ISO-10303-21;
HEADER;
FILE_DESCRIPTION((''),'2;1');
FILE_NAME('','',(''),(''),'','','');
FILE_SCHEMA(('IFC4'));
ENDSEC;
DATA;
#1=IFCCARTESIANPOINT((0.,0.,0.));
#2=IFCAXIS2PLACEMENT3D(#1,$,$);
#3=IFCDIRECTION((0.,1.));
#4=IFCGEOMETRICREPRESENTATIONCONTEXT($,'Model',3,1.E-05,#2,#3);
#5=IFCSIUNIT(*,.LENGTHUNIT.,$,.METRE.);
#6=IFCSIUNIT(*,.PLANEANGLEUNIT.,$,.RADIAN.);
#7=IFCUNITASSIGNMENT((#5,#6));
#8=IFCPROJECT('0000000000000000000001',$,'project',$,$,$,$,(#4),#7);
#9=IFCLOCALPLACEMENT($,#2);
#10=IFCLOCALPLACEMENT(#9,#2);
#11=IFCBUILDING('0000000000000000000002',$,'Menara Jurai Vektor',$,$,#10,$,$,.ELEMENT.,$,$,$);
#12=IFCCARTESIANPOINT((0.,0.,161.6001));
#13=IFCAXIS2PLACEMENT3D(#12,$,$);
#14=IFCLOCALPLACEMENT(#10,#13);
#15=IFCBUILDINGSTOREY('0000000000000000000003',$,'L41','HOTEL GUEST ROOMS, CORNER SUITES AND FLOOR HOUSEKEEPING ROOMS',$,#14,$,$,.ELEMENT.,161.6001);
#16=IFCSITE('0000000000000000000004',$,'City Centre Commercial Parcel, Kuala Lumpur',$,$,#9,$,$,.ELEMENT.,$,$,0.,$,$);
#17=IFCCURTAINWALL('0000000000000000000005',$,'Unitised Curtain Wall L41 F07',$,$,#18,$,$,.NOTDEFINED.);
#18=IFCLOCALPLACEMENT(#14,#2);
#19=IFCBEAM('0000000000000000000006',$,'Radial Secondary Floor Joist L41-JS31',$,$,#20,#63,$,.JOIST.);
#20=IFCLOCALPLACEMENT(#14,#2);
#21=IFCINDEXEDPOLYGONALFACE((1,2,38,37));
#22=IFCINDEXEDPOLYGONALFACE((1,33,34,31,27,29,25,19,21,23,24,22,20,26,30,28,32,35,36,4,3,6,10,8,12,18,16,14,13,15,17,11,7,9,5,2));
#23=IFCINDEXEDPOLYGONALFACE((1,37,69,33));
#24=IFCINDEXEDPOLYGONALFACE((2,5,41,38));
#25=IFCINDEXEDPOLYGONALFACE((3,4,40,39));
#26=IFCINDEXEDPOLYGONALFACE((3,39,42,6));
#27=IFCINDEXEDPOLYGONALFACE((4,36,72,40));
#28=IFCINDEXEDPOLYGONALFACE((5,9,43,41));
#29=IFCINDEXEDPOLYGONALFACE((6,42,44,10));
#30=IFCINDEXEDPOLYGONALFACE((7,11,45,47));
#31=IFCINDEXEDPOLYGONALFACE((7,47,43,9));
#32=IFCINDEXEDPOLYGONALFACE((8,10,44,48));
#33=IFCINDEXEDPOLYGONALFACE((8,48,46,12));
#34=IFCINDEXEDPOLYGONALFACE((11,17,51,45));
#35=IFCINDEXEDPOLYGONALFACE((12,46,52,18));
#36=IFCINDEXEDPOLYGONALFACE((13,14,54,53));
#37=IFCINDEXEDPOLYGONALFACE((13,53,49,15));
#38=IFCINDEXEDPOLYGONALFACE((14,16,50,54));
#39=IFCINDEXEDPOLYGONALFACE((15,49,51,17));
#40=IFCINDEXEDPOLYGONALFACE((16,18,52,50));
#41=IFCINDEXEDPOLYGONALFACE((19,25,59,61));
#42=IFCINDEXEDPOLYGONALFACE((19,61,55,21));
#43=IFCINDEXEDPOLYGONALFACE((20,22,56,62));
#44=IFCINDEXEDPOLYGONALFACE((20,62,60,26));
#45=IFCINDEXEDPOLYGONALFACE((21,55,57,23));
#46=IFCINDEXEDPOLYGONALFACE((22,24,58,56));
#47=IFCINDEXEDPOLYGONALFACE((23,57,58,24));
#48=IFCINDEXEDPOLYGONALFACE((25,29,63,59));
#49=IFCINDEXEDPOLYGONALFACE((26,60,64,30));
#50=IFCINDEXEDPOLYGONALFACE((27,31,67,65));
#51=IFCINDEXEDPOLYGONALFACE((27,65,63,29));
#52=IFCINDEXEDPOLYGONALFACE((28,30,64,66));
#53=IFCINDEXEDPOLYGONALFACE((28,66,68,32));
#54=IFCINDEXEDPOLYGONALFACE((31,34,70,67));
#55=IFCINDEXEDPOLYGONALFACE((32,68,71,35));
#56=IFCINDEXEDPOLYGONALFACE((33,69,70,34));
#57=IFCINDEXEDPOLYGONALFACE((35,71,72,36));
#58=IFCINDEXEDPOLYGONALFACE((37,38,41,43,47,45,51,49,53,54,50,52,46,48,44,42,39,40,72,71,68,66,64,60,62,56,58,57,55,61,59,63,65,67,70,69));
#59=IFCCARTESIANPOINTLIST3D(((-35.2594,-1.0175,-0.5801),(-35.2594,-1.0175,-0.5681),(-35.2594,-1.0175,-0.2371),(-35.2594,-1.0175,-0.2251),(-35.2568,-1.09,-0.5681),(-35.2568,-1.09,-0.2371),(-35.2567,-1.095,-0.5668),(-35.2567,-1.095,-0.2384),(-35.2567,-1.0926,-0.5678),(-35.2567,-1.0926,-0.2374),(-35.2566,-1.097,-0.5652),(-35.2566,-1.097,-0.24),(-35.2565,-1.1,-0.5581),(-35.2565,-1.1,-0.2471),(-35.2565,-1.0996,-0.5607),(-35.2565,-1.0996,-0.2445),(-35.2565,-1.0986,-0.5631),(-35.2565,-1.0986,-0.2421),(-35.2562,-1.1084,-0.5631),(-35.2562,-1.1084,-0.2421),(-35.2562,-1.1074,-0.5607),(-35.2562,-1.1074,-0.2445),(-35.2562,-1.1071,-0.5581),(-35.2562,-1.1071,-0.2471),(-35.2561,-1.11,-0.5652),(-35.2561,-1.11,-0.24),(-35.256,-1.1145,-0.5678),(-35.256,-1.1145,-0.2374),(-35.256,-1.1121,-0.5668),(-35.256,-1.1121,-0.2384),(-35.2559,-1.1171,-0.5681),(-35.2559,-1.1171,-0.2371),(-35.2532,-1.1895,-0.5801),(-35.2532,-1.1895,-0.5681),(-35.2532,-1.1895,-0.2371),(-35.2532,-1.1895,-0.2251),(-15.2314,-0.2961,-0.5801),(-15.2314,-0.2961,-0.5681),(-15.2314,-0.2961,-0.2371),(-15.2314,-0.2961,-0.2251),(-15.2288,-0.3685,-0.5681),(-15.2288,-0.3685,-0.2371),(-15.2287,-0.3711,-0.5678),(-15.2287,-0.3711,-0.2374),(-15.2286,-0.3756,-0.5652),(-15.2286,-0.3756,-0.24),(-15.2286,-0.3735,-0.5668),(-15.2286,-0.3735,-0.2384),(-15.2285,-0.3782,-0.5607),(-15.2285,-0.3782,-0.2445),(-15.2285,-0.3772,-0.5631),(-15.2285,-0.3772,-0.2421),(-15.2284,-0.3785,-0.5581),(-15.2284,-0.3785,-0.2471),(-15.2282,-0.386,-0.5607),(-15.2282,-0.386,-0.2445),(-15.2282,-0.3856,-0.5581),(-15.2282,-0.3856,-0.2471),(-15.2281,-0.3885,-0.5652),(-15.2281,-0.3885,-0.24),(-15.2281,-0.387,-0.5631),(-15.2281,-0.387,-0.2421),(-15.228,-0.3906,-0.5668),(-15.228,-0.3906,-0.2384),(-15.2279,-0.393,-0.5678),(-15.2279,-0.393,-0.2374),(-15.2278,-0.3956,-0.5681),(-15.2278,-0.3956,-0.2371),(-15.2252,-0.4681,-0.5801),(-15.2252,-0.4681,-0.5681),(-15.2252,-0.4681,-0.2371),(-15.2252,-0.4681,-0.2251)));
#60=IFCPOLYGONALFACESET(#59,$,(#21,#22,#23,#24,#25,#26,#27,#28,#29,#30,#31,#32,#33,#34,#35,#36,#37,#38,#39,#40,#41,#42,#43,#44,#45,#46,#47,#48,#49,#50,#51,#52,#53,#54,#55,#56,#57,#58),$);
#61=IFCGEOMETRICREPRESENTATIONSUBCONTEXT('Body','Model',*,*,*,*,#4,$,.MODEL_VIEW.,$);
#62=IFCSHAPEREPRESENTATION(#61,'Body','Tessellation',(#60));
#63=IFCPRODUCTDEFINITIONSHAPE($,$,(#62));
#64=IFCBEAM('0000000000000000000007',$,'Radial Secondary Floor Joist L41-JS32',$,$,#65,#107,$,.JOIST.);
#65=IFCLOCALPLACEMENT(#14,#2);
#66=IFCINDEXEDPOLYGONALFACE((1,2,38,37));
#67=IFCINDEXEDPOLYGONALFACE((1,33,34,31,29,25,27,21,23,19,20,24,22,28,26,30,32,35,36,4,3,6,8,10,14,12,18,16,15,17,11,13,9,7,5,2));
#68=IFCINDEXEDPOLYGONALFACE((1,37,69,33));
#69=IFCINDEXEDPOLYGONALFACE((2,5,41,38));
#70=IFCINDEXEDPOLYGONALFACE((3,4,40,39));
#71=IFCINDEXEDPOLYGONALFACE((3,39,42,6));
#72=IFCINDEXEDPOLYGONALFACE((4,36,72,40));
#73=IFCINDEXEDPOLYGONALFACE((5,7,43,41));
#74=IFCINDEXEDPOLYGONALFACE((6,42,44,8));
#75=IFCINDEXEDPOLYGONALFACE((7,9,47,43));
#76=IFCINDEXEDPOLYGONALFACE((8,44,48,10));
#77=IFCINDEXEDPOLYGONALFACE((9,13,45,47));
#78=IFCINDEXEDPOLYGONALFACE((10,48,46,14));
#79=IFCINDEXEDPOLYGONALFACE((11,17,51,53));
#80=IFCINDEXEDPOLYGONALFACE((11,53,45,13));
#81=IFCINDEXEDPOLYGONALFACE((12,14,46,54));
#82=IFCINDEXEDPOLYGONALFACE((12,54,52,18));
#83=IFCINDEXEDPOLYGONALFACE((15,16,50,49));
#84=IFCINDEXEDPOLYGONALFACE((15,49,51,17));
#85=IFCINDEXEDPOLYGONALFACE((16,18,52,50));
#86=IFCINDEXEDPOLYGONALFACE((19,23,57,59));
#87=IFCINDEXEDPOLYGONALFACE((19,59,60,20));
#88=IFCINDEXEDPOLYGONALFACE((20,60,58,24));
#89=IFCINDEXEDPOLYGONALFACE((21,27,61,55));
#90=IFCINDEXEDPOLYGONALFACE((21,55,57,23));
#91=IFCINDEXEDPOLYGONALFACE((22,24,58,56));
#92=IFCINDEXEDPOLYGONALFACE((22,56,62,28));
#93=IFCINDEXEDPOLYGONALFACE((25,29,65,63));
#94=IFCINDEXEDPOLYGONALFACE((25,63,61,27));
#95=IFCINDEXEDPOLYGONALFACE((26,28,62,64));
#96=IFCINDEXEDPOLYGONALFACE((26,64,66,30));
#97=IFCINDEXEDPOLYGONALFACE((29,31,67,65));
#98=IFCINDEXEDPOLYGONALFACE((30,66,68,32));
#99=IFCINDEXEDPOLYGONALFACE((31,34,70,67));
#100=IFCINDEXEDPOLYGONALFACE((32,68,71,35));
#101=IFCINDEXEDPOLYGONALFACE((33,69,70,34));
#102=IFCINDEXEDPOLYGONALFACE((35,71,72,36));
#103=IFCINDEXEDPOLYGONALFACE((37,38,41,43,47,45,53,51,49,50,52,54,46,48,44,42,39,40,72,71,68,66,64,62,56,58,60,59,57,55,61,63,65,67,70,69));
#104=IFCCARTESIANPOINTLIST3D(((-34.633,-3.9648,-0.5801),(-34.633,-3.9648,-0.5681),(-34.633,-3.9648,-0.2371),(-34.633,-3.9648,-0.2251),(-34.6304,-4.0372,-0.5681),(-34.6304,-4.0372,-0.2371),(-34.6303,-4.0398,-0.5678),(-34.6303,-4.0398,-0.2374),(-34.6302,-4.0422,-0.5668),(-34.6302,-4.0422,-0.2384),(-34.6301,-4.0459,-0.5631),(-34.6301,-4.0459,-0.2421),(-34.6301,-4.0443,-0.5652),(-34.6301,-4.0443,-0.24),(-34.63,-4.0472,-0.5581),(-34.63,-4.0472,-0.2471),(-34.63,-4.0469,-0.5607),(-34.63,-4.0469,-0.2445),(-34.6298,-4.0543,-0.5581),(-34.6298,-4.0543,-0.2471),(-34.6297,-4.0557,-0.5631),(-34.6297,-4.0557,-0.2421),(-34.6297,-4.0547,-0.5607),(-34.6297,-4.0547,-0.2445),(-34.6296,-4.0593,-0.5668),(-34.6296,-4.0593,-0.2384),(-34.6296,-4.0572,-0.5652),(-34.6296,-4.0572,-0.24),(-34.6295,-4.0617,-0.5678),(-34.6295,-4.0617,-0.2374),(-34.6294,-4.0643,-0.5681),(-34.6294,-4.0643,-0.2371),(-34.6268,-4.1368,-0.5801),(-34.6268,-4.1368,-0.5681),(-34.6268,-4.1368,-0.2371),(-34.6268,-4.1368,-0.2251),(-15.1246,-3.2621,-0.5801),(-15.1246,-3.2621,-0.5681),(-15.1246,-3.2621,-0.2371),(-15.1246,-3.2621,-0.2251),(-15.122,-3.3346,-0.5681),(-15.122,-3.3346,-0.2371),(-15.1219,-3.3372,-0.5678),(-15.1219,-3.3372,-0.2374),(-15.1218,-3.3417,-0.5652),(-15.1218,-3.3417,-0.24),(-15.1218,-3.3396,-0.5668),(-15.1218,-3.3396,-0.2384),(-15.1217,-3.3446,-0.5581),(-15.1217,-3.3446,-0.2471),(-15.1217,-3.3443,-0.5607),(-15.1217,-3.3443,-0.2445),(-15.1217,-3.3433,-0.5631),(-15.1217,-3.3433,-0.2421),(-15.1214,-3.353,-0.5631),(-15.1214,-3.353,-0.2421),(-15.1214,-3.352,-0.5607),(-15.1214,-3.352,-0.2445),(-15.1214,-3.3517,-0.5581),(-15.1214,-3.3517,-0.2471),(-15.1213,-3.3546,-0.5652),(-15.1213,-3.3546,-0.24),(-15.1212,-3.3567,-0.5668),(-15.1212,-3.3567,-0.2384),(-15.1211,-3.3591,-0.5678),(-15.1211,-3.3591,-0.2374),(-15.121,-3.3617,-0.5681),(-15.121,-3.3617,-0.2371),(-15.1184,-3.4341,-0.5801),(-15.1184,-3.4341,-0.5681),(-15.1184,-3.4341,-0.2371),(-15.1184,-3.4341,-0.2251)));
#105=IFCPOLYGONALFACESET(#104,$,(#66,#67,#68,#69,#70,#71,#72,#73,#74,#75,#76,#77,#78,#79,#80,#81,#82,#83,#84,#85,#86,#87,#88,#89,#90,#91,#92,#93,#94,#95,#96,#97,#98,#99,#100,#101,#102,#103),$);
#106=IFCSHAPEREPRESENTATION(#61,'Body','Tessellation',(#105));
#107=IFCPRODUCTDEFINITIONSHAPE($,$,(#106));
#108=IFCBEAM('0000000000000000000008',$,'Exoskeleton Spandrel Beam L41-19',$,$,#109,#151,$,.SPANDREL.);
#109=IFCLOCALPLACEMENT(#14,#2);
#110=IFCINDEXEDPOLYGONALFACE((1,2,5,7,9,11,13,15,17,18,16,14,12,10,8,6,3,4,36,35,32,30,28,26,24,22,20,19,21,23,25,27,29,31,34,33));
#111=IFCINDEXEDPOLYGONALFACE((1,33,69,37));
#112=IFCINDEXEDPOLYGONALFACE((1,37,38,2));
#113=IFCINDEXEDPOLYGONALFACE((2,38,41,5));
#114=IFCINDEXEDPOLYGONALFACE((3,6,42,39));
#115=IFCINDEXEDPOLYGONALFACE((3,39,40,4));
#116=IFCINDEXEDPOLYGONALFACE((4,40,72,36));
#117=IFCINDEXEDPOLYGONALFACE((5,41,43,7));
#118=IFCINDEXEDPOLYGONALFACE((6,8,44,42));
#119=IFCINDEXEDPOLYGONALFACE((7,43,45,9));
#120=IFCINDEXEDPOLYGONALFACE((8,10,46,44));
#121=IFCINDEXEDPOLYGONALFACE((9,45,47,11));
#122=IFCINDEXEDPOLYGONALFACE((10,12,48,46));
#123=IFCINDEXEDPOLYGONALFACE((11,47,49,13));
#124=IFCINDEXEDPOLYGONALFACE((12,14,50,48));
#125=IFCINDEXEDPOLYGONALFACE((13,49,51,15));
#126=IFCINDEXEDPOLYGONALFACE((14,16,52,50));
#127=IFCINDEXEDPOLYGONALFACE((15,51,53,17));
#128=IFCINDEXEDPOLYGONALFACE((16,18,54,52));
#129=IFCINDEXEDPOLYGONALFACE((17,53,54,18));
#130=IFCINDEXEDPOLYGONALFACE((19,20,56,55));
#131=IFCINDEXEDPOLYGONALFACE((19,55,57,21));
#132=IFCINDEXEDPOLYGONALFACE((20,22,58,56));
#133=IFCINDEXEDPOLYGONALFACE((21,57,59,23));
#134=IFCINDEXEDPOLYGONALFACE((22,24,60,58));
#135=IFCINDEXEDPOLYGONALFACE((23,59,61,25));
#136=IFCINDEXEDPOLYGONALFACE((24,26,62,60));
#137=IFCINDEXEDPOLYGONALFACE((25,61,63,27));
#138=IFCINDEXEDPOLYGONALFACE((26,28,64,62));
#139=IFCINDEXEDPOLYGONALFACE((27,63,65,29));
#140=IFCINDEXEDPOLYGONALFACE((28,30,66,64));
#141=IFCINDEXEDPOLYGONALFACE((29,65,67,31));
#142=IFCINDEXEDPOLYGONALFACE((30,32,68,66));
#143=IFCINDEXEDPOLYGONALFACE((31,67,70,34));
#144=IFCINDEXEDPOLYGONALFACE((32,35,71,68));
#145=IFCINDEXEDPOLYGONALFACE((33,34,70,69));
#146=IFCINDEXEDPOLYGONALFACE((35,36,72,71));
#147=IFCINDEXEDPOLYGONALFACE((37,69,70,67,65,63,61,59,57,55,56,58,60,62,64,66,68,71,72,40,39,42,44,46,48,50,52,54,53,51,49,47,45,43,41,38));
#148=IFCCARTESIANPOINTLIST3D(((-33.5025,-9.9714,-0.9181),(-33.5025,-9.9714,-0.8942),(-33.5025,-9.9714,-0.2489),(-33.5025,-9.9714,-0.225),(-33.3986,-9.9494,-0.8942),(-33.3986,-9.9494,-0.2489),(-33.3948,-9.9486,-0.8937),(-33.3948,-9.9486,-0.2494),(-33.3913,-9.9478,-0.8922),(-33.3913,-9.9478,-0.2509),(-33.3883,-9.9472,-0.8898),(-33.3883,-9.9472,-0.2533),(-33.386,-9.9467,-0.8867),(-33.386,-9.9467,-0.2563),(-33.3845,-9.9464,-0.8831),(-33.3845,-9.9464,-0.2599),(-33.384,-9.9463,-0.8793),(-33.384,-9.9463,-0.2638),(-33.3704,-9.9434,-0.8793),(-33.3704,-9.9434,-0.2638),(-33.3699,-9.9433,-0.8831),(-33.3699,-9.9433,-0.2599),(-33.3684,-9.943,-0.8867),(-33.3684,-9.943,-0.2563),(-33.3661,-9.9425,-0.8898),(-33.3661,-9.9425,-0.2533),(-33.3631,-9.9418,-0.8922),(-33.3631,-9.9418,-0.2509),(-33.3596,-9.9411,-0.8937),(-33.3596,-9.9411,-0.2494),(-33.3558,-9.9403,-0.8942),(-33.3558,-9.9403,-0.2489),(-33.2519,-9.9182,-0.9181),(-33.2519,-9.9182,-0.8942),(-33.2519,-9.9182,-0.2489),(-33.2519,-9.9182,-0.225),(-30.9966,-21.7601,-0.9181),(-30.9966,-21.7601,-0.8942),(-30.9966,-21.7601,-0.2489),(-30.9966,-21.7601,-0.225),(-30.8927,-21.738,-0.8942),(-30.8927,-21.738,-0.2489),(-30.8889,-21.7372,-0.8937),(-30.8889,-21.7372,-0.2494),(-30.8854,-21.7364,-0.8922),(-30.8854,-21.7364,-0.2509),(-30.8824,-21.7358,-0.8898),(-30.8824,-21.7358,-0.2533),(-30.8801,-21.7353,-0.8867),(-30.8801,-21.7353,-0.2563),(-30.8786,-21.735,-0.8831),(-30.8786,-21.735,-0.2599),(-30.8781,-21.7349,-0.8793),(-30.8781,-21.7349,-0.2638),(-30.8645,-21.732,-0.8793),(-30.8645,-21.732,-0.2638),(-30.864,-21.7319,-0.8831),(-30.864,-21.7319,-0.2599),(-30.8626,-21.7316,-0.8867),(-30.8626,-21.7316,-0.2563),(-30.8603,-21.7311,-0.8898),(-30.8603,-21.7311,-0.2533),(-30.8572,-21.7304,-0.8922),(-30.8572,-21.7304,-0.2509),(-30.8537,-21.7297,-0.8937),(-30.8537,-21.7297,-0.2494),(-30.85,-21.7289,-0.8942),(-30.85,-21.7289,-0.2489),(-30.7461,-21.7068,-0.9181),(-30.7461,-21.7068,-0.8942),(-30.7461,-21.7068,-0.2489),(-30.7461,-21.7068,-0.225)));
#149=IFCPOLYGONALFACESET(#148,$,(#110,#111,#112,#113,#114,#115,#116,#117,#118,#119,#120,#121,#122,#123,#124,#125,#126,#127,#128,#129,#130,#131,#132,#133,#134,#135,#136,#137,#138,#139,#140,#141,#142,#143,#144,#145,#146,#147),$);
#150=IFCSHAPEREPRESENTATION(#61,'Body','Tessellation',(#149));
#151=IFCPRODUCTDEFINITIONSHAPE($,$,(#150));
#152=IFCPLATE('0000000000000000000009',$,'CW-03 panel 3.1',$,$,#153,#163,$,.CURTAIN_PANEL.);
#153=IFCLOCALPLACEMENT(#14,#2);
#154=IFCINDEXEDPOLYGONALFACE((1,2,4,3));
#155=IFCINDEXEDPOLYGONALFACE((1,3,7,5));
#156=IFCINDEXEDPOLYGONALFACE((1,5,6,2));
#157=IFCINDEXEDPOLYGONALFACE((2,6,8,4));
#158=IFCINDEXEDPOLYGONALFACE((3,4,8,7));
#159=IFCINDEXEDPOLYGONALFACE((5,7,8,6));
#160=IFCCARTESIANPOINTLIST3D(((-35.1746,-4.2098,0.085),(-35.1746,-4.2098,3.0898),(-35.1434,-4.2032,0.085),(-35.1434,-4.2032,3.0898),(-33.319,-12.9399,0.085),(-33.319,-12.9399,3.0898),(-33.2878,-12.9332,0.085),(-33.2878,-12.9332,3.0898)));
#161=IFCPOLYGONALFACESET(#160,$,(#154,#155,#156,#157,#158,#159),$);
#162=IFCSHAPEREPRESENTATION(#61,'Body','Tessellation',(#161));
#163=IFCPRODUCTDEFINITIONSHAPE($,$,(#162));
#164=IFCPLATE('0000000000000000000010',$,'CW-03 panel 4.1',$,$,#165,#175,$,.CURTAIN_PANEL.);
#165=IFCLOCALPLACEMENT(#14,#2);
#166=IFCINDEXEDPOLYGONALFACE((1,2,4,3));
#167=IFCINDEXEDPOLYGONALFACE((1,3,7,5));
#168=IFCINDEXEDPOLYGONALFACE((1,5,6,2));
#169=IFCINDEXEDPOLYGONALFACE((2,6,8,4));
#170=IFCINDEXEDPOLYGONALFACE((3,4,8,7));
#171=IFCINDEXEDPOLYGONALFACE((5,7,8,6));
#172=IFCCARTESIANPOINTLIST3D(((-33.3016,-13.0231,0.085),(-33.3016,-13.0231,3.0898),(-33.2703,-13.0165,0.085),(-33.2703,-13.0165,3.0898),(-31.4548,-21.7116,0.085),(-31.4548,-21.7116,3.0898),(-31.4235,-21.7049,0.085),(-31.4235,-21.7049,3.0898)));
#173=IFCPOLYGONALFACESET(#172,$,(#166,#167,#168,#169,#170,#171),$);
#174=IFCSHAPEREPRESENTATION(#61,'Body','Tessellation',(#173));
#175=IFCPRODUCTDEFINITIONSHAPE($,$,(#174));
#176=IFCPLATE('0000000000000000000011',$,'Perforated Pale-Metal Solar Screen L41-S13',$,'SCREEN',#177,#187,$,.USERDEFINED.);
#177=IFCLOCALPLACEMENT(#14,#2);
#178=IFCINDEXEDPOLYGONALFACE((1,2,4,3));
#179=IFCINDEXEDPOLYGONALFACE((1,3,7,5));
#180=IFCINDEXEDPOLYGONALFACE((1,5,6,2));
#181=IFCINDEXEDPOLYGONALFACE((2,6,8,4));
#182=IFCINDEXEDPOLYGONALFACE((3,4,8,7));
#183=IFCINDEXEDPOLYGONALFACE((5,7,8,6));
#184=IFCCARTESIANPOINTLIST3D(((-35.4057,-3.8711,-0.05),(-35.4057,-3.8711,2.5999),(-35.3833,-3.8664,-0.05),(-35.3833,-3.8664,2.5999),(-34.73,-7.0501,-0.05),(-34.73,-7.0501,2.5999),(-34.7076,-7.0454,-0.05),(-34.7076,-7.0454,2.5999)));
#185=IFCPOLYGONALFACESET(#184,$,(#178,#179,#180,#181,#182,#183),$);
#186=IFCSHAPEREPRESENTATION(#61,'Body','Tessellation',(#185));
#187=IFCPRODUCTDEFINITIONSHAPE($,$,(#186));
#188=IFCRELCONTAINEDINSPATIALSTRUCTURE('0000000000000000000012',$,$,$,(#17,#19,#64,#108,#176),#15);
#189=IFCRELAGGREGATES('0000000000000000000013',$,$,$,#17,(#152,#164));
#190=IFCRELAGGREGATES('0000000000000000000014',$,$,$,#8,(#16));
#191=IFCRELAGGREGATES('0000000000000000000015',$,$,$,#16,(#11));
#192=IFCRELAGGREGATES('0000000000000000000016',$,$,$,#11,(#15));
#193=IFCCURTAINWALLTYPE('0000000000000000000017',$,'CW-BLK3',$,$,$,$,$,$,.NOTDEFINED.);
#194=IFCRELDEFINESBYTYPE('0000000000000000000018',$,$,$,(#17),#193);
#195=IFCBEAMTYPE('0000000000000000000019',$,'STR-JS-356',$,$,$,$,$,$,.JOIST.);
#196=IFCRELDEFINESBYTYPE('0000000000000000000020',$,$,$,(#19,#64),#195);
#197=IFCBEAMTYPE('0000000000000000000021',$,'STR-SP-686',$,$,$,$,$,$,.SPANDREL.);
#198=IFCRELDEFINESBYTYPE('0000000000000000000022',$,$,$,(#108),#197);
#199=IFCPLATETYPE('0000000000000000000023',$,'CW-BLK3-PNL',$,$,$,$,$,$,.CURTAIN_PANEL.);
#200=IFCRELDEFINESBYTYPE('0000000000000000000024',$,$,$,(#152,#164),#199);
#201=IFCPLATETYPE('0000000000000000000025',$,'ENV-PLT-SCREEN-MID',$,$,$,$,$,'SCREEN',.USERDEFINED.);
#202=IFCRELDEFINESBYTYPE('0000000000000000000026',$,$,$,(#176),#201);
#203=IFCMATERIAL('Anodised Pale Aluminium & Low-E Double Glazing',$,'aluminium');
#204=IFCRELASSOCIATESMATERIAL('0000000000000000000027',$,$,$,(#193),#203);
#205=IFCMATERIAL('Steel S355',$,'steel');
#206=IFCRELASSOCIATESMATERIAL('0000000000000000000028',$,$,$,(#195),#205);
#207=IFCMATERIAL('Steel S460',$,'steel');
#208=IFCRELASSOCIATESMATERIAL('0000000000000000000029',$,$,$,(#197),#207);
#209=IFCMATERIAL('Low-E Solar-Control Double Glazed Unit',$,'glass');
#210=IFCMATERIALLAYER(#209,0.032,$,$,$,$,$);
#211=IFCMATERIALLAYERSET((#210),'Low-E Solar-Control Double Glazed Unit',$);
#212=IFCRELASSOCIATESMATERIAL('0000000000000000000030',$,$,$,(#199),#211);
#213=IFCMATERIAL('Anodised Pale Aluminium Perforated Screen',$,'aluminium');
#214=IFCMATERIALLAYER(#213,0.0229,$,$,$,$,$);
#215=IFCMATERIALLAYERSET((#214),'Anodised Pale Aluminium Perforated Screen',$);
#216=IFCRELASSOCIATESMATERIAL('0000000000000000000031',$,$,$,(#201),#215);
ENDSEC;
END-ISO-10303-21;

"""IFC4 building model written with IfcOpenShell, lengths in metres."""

from ifc_helpers import new_model, si_unit, direction, frame, origin, origin_2d, place, context, subcontext, project, spatial, rectangle, i_section, extrude, material, layer, layer_set, material_profile, profile_set, type_object, element, aggregate, save


model = new_model("IFC4")

# Units and contexts
model_context = context("Model", 3, precision=1e-05, world=origin(), true_north=direction((0.0, 1.0)))
body_context = subcontext(model_context, "Body", "Model", "MODEL_VIEW")
ifc_project = project(units=[si_unit("LENGTHUNIT", "METRE"), si_unit("PLANEANGLEUNIT", "RADIAN")], contexts=[model_context])

# Site, building, storey
site_placement = place(None, origin())
site = spatial("IfcSite", under=ifc_project, at=site_placement, Name="City Centre Commercial Parcel, Kuala Lumpur", CompositionType="ELEMENT", RefElevation=0.0)
building_placement = place(site_placement, origin())
building = spatial("IfcBuilding", under=site, at=building_placement, Name="Menara Jurai Vektor", CompositionType="ELEMENT")
storey_placement = place(building_placement, frame((0.0, 0.0, 161.6001)))
storey = spatial("IfcBuildingStorey", under=building, at=storey_placement, Name="L41", Description="HOTEL GUEST ROOMS, CORNER SUITES AND FLOOR HOUSEKEEPING ROOMS", CompositionType="ELEMENT", Elevation=161.6001)

# Shared definitions
ifc_material_1 = material(Name="Steel S460", Category="steel")

# Curtain wall
ifc_material_2 = material(Name="Anodised Pale Aluminium & Low-E Double Glazing", Category="aluminium")
curtain_wall_type = type_object("IfcCurtainWallType", Name="CW-BLK3", PredefinedType="NOTDEFINED", material=ifc_material_2)
curtain_wall_placement = place(storey_placement, origin())
curtain_wall = element("IfcCurtainWall", 1, at=curtain_wall_placement, inside=storey, type_object=curtain_wall_type, Name="Unitised Curtain Wall L41 F07", PredefinedType="NOTDEFINED")

# Beams
ifc_material_3 = material(Name="Steel S355", Category="steel")
ifc_material_profile_1 = material_profile(ifc_material_3, i_section(OverallWidth=0.1721, OverallDepth=0.355, WebThickness=0.0071, FlangeThickness=0.012, FilletRadius=0.01, at=origin_2d()), Name="UKB 356x171x51")
ifc_profile_set_1 = profile_set([ifc_material_profile_1], Name="Steel S355")
beam_type_1 = type_object("IfcBeamType", Name="STR-JS-356", PredefinedType="JOIST", material=ifc_profile_set_1)
beam_1_placement = place(storey_placement, frame((-35.2563, -1.1035, -0.4026), z_axis=(0.999352, 0.035998, 0.0), x_axis=(-0.035998, 0.999352, 0.0)))
element("IfcBeam", 2, at=beam_1_placement, inside=storey, type_object=beam_type_1, Name="Radial Secondary Floor Joist L41-JS31", PredefinedType="JOIST", context=body_context, shape_type="SweptSolid", body=[
    extrude(i_section(OverallWidth=0.1721, OverallDepth=0.355, WebThickness=0.0071, FlangeThickness=0.012, FilletRadius=0.01, at=origin_2d()), origin(), (0.0, 0.0, 1.0), 20.041),
])
beam_2_placement = place(storey_placement, frame((-34.6299, -4.0508, -0.4026), z_axis=(0.999352, 0.035994, 0.0), x_axis=(-0.035994, 0.999352, 0.0)))
element("IfcBeam", 3, at=beam_2_placement, inside=storey, type_object=beam_type_1, Name="Radial Secondary Floor Joist L41-JS32", PredefinedType="JOIST", context=body_context, shape_type="SweptSolid", body=[
    extrude(i_section(OverallWidth=0.1721, OverallDepth=0.355, WebThickness=0.0071, FlangeThickness=0.012, FilletRadius=0.01, at=origin_2d()), origin(), (0.0, 0.0, 1.0), 19.521),
])
ifc_material_profile_2 = material_profile(ifc_material_1, i_section(OverallWidth=0.2561, OverallDepth=0.6931, WebThickness=0.0139, FlangeThickness=0.0239, FilletRadius=0.0149, at=origin_2d()), Name="UKB 686x254x170")
ifc_profile_set_2 = profile_set([ifc_material_profile_2], Name="Steel S460")
beam_type_2 = type_object("IfcBeamType", Name="STR-SP-686", PredefinedType="SPANDREL", material=ifc_profile_set_2)
beam_3_placement = place(storey_placement, frame((-33.3772, -9.9448, -0.5715), z_axis=(0.207921, -0.978146, 0.0), x_axis=(0.978146, 0.207921, 0.0)))
element("IfcBeam", 4, at=beam_3_placement, inside=storey, type_object=beam_type_2, Name="Exoskeleton Spandrel Beam L41-19", PredefinedType="SPANDREL", context=body_context, shape_type="SweptSolid", body=[
    extrude(i_section(OverallWidth=0.2561, OverallDepth=0.6931, WebThickness=0.0139, FlangeThickness=0.0239, FilletRadius=0.0149, at=origin_2d()), origin(), (0.0, 0.0, 1.0), 12.052),
])

# Plates
ifc_material_4 = material(Name="Low-E Solar-Control Double Glazed Unit", Category="glass")
ifc_layer_1 = layer(ifc_material_4, 0.032)
ifc_layer_set_1 = layer_set([ifc_layer_1], Name="Low-E Solar-Control Double Glazed Unit")
plate_type_1 = type_object("IfcPlateType", Name="CW-BLK3-PNL", PredefinedType="CURTAIN_PANEL", material=ifc_layer_set_1)
plate_1_placement = place(storey_placement, frame((-34.2312, -8.5715, 0.085), z_axis=(0.0, 0.0, 1.0), x_axis=(0.20791, -0.978148, 0.0)))
plate_1 = element("IfcPlate", 5, at=plate_1_placement, type_object=plate_type_1, Name="CW-03 panel 3.1", PredefinedType="CURTAIN_PANEL", context=body_context, shape_type="SweptSolid", body=[
    extrude(rectangle(XDim=8.925, YDim=0.032, at=origin_2d()), origin(), (0.0, 0.0, 1.0), 3.0049),
])
plate_2_placement = place(storey_placement, frame((-32.3625, -17.364, 0.085), z_axis=(0.0, 0.0, 1.0), x_axis=(0.20791, -0.978148, 0.0)))
plate_2 = element("IfcPlate", 6, at=plate_2_placement, type_object=plate_type_1, Name="CW-03 panel 4.1", PredefinedType="CURTAIN_PANEL", context=body_context, shape_type="SweptSolid", body=[
    extrude(rectangle(XDim=8.8826, YDim=0.032, at=origin_2d()), origin(), (0.0, 0.0, 1.0), 3.0049),
])
aggregate(curtain_wall, [plate_1, plate_2])

# Plate
ifc_material_5 = material(Name="Anodised Pale Aluminium Perforated Screen", Category="aluminium")
ifc_layer_2 = layer(ifc_material_5, 0.0229)
ifc_layer_set_2 = layer_set([ifc_layer_2], Name="Anodised Pale Aluminium Perforated Screen")
plate_type_2 = type_object("IfcPlateType", Name="ENV-PLT-SCREEN-MID", ElementType="SCREEN", PredefinedType="USERDEFINED", material=ifc_layer_set_2)
for number, where, z_axis, x_axis, name in (
    (7, (-35.0566, -5.4583, -0.05), (0.0, 0.0, 1.0), (0.207912, -0.978148, 0.0), "Perforated Pale-Metal Solar Screen L41-S13"),
):
    element("IfcPlate", number, at=place(storey_placement, frame(where, z_axis=z_axis, x_axis=x_axis)), inside=storey, type_object=plate_type_2, Name=name, ObjectType="SCREEN", PredefinedType="USERDEFINED", context=body_context, shape_type="SweptSolid", body=[
        extrude(rectangle(XDim=3.25, YDim=0.0229, at=origin_2d()), origin(), (0.0, 0.0, 1.0), 2.6499),
    ])

save(model, "model.ifc")
